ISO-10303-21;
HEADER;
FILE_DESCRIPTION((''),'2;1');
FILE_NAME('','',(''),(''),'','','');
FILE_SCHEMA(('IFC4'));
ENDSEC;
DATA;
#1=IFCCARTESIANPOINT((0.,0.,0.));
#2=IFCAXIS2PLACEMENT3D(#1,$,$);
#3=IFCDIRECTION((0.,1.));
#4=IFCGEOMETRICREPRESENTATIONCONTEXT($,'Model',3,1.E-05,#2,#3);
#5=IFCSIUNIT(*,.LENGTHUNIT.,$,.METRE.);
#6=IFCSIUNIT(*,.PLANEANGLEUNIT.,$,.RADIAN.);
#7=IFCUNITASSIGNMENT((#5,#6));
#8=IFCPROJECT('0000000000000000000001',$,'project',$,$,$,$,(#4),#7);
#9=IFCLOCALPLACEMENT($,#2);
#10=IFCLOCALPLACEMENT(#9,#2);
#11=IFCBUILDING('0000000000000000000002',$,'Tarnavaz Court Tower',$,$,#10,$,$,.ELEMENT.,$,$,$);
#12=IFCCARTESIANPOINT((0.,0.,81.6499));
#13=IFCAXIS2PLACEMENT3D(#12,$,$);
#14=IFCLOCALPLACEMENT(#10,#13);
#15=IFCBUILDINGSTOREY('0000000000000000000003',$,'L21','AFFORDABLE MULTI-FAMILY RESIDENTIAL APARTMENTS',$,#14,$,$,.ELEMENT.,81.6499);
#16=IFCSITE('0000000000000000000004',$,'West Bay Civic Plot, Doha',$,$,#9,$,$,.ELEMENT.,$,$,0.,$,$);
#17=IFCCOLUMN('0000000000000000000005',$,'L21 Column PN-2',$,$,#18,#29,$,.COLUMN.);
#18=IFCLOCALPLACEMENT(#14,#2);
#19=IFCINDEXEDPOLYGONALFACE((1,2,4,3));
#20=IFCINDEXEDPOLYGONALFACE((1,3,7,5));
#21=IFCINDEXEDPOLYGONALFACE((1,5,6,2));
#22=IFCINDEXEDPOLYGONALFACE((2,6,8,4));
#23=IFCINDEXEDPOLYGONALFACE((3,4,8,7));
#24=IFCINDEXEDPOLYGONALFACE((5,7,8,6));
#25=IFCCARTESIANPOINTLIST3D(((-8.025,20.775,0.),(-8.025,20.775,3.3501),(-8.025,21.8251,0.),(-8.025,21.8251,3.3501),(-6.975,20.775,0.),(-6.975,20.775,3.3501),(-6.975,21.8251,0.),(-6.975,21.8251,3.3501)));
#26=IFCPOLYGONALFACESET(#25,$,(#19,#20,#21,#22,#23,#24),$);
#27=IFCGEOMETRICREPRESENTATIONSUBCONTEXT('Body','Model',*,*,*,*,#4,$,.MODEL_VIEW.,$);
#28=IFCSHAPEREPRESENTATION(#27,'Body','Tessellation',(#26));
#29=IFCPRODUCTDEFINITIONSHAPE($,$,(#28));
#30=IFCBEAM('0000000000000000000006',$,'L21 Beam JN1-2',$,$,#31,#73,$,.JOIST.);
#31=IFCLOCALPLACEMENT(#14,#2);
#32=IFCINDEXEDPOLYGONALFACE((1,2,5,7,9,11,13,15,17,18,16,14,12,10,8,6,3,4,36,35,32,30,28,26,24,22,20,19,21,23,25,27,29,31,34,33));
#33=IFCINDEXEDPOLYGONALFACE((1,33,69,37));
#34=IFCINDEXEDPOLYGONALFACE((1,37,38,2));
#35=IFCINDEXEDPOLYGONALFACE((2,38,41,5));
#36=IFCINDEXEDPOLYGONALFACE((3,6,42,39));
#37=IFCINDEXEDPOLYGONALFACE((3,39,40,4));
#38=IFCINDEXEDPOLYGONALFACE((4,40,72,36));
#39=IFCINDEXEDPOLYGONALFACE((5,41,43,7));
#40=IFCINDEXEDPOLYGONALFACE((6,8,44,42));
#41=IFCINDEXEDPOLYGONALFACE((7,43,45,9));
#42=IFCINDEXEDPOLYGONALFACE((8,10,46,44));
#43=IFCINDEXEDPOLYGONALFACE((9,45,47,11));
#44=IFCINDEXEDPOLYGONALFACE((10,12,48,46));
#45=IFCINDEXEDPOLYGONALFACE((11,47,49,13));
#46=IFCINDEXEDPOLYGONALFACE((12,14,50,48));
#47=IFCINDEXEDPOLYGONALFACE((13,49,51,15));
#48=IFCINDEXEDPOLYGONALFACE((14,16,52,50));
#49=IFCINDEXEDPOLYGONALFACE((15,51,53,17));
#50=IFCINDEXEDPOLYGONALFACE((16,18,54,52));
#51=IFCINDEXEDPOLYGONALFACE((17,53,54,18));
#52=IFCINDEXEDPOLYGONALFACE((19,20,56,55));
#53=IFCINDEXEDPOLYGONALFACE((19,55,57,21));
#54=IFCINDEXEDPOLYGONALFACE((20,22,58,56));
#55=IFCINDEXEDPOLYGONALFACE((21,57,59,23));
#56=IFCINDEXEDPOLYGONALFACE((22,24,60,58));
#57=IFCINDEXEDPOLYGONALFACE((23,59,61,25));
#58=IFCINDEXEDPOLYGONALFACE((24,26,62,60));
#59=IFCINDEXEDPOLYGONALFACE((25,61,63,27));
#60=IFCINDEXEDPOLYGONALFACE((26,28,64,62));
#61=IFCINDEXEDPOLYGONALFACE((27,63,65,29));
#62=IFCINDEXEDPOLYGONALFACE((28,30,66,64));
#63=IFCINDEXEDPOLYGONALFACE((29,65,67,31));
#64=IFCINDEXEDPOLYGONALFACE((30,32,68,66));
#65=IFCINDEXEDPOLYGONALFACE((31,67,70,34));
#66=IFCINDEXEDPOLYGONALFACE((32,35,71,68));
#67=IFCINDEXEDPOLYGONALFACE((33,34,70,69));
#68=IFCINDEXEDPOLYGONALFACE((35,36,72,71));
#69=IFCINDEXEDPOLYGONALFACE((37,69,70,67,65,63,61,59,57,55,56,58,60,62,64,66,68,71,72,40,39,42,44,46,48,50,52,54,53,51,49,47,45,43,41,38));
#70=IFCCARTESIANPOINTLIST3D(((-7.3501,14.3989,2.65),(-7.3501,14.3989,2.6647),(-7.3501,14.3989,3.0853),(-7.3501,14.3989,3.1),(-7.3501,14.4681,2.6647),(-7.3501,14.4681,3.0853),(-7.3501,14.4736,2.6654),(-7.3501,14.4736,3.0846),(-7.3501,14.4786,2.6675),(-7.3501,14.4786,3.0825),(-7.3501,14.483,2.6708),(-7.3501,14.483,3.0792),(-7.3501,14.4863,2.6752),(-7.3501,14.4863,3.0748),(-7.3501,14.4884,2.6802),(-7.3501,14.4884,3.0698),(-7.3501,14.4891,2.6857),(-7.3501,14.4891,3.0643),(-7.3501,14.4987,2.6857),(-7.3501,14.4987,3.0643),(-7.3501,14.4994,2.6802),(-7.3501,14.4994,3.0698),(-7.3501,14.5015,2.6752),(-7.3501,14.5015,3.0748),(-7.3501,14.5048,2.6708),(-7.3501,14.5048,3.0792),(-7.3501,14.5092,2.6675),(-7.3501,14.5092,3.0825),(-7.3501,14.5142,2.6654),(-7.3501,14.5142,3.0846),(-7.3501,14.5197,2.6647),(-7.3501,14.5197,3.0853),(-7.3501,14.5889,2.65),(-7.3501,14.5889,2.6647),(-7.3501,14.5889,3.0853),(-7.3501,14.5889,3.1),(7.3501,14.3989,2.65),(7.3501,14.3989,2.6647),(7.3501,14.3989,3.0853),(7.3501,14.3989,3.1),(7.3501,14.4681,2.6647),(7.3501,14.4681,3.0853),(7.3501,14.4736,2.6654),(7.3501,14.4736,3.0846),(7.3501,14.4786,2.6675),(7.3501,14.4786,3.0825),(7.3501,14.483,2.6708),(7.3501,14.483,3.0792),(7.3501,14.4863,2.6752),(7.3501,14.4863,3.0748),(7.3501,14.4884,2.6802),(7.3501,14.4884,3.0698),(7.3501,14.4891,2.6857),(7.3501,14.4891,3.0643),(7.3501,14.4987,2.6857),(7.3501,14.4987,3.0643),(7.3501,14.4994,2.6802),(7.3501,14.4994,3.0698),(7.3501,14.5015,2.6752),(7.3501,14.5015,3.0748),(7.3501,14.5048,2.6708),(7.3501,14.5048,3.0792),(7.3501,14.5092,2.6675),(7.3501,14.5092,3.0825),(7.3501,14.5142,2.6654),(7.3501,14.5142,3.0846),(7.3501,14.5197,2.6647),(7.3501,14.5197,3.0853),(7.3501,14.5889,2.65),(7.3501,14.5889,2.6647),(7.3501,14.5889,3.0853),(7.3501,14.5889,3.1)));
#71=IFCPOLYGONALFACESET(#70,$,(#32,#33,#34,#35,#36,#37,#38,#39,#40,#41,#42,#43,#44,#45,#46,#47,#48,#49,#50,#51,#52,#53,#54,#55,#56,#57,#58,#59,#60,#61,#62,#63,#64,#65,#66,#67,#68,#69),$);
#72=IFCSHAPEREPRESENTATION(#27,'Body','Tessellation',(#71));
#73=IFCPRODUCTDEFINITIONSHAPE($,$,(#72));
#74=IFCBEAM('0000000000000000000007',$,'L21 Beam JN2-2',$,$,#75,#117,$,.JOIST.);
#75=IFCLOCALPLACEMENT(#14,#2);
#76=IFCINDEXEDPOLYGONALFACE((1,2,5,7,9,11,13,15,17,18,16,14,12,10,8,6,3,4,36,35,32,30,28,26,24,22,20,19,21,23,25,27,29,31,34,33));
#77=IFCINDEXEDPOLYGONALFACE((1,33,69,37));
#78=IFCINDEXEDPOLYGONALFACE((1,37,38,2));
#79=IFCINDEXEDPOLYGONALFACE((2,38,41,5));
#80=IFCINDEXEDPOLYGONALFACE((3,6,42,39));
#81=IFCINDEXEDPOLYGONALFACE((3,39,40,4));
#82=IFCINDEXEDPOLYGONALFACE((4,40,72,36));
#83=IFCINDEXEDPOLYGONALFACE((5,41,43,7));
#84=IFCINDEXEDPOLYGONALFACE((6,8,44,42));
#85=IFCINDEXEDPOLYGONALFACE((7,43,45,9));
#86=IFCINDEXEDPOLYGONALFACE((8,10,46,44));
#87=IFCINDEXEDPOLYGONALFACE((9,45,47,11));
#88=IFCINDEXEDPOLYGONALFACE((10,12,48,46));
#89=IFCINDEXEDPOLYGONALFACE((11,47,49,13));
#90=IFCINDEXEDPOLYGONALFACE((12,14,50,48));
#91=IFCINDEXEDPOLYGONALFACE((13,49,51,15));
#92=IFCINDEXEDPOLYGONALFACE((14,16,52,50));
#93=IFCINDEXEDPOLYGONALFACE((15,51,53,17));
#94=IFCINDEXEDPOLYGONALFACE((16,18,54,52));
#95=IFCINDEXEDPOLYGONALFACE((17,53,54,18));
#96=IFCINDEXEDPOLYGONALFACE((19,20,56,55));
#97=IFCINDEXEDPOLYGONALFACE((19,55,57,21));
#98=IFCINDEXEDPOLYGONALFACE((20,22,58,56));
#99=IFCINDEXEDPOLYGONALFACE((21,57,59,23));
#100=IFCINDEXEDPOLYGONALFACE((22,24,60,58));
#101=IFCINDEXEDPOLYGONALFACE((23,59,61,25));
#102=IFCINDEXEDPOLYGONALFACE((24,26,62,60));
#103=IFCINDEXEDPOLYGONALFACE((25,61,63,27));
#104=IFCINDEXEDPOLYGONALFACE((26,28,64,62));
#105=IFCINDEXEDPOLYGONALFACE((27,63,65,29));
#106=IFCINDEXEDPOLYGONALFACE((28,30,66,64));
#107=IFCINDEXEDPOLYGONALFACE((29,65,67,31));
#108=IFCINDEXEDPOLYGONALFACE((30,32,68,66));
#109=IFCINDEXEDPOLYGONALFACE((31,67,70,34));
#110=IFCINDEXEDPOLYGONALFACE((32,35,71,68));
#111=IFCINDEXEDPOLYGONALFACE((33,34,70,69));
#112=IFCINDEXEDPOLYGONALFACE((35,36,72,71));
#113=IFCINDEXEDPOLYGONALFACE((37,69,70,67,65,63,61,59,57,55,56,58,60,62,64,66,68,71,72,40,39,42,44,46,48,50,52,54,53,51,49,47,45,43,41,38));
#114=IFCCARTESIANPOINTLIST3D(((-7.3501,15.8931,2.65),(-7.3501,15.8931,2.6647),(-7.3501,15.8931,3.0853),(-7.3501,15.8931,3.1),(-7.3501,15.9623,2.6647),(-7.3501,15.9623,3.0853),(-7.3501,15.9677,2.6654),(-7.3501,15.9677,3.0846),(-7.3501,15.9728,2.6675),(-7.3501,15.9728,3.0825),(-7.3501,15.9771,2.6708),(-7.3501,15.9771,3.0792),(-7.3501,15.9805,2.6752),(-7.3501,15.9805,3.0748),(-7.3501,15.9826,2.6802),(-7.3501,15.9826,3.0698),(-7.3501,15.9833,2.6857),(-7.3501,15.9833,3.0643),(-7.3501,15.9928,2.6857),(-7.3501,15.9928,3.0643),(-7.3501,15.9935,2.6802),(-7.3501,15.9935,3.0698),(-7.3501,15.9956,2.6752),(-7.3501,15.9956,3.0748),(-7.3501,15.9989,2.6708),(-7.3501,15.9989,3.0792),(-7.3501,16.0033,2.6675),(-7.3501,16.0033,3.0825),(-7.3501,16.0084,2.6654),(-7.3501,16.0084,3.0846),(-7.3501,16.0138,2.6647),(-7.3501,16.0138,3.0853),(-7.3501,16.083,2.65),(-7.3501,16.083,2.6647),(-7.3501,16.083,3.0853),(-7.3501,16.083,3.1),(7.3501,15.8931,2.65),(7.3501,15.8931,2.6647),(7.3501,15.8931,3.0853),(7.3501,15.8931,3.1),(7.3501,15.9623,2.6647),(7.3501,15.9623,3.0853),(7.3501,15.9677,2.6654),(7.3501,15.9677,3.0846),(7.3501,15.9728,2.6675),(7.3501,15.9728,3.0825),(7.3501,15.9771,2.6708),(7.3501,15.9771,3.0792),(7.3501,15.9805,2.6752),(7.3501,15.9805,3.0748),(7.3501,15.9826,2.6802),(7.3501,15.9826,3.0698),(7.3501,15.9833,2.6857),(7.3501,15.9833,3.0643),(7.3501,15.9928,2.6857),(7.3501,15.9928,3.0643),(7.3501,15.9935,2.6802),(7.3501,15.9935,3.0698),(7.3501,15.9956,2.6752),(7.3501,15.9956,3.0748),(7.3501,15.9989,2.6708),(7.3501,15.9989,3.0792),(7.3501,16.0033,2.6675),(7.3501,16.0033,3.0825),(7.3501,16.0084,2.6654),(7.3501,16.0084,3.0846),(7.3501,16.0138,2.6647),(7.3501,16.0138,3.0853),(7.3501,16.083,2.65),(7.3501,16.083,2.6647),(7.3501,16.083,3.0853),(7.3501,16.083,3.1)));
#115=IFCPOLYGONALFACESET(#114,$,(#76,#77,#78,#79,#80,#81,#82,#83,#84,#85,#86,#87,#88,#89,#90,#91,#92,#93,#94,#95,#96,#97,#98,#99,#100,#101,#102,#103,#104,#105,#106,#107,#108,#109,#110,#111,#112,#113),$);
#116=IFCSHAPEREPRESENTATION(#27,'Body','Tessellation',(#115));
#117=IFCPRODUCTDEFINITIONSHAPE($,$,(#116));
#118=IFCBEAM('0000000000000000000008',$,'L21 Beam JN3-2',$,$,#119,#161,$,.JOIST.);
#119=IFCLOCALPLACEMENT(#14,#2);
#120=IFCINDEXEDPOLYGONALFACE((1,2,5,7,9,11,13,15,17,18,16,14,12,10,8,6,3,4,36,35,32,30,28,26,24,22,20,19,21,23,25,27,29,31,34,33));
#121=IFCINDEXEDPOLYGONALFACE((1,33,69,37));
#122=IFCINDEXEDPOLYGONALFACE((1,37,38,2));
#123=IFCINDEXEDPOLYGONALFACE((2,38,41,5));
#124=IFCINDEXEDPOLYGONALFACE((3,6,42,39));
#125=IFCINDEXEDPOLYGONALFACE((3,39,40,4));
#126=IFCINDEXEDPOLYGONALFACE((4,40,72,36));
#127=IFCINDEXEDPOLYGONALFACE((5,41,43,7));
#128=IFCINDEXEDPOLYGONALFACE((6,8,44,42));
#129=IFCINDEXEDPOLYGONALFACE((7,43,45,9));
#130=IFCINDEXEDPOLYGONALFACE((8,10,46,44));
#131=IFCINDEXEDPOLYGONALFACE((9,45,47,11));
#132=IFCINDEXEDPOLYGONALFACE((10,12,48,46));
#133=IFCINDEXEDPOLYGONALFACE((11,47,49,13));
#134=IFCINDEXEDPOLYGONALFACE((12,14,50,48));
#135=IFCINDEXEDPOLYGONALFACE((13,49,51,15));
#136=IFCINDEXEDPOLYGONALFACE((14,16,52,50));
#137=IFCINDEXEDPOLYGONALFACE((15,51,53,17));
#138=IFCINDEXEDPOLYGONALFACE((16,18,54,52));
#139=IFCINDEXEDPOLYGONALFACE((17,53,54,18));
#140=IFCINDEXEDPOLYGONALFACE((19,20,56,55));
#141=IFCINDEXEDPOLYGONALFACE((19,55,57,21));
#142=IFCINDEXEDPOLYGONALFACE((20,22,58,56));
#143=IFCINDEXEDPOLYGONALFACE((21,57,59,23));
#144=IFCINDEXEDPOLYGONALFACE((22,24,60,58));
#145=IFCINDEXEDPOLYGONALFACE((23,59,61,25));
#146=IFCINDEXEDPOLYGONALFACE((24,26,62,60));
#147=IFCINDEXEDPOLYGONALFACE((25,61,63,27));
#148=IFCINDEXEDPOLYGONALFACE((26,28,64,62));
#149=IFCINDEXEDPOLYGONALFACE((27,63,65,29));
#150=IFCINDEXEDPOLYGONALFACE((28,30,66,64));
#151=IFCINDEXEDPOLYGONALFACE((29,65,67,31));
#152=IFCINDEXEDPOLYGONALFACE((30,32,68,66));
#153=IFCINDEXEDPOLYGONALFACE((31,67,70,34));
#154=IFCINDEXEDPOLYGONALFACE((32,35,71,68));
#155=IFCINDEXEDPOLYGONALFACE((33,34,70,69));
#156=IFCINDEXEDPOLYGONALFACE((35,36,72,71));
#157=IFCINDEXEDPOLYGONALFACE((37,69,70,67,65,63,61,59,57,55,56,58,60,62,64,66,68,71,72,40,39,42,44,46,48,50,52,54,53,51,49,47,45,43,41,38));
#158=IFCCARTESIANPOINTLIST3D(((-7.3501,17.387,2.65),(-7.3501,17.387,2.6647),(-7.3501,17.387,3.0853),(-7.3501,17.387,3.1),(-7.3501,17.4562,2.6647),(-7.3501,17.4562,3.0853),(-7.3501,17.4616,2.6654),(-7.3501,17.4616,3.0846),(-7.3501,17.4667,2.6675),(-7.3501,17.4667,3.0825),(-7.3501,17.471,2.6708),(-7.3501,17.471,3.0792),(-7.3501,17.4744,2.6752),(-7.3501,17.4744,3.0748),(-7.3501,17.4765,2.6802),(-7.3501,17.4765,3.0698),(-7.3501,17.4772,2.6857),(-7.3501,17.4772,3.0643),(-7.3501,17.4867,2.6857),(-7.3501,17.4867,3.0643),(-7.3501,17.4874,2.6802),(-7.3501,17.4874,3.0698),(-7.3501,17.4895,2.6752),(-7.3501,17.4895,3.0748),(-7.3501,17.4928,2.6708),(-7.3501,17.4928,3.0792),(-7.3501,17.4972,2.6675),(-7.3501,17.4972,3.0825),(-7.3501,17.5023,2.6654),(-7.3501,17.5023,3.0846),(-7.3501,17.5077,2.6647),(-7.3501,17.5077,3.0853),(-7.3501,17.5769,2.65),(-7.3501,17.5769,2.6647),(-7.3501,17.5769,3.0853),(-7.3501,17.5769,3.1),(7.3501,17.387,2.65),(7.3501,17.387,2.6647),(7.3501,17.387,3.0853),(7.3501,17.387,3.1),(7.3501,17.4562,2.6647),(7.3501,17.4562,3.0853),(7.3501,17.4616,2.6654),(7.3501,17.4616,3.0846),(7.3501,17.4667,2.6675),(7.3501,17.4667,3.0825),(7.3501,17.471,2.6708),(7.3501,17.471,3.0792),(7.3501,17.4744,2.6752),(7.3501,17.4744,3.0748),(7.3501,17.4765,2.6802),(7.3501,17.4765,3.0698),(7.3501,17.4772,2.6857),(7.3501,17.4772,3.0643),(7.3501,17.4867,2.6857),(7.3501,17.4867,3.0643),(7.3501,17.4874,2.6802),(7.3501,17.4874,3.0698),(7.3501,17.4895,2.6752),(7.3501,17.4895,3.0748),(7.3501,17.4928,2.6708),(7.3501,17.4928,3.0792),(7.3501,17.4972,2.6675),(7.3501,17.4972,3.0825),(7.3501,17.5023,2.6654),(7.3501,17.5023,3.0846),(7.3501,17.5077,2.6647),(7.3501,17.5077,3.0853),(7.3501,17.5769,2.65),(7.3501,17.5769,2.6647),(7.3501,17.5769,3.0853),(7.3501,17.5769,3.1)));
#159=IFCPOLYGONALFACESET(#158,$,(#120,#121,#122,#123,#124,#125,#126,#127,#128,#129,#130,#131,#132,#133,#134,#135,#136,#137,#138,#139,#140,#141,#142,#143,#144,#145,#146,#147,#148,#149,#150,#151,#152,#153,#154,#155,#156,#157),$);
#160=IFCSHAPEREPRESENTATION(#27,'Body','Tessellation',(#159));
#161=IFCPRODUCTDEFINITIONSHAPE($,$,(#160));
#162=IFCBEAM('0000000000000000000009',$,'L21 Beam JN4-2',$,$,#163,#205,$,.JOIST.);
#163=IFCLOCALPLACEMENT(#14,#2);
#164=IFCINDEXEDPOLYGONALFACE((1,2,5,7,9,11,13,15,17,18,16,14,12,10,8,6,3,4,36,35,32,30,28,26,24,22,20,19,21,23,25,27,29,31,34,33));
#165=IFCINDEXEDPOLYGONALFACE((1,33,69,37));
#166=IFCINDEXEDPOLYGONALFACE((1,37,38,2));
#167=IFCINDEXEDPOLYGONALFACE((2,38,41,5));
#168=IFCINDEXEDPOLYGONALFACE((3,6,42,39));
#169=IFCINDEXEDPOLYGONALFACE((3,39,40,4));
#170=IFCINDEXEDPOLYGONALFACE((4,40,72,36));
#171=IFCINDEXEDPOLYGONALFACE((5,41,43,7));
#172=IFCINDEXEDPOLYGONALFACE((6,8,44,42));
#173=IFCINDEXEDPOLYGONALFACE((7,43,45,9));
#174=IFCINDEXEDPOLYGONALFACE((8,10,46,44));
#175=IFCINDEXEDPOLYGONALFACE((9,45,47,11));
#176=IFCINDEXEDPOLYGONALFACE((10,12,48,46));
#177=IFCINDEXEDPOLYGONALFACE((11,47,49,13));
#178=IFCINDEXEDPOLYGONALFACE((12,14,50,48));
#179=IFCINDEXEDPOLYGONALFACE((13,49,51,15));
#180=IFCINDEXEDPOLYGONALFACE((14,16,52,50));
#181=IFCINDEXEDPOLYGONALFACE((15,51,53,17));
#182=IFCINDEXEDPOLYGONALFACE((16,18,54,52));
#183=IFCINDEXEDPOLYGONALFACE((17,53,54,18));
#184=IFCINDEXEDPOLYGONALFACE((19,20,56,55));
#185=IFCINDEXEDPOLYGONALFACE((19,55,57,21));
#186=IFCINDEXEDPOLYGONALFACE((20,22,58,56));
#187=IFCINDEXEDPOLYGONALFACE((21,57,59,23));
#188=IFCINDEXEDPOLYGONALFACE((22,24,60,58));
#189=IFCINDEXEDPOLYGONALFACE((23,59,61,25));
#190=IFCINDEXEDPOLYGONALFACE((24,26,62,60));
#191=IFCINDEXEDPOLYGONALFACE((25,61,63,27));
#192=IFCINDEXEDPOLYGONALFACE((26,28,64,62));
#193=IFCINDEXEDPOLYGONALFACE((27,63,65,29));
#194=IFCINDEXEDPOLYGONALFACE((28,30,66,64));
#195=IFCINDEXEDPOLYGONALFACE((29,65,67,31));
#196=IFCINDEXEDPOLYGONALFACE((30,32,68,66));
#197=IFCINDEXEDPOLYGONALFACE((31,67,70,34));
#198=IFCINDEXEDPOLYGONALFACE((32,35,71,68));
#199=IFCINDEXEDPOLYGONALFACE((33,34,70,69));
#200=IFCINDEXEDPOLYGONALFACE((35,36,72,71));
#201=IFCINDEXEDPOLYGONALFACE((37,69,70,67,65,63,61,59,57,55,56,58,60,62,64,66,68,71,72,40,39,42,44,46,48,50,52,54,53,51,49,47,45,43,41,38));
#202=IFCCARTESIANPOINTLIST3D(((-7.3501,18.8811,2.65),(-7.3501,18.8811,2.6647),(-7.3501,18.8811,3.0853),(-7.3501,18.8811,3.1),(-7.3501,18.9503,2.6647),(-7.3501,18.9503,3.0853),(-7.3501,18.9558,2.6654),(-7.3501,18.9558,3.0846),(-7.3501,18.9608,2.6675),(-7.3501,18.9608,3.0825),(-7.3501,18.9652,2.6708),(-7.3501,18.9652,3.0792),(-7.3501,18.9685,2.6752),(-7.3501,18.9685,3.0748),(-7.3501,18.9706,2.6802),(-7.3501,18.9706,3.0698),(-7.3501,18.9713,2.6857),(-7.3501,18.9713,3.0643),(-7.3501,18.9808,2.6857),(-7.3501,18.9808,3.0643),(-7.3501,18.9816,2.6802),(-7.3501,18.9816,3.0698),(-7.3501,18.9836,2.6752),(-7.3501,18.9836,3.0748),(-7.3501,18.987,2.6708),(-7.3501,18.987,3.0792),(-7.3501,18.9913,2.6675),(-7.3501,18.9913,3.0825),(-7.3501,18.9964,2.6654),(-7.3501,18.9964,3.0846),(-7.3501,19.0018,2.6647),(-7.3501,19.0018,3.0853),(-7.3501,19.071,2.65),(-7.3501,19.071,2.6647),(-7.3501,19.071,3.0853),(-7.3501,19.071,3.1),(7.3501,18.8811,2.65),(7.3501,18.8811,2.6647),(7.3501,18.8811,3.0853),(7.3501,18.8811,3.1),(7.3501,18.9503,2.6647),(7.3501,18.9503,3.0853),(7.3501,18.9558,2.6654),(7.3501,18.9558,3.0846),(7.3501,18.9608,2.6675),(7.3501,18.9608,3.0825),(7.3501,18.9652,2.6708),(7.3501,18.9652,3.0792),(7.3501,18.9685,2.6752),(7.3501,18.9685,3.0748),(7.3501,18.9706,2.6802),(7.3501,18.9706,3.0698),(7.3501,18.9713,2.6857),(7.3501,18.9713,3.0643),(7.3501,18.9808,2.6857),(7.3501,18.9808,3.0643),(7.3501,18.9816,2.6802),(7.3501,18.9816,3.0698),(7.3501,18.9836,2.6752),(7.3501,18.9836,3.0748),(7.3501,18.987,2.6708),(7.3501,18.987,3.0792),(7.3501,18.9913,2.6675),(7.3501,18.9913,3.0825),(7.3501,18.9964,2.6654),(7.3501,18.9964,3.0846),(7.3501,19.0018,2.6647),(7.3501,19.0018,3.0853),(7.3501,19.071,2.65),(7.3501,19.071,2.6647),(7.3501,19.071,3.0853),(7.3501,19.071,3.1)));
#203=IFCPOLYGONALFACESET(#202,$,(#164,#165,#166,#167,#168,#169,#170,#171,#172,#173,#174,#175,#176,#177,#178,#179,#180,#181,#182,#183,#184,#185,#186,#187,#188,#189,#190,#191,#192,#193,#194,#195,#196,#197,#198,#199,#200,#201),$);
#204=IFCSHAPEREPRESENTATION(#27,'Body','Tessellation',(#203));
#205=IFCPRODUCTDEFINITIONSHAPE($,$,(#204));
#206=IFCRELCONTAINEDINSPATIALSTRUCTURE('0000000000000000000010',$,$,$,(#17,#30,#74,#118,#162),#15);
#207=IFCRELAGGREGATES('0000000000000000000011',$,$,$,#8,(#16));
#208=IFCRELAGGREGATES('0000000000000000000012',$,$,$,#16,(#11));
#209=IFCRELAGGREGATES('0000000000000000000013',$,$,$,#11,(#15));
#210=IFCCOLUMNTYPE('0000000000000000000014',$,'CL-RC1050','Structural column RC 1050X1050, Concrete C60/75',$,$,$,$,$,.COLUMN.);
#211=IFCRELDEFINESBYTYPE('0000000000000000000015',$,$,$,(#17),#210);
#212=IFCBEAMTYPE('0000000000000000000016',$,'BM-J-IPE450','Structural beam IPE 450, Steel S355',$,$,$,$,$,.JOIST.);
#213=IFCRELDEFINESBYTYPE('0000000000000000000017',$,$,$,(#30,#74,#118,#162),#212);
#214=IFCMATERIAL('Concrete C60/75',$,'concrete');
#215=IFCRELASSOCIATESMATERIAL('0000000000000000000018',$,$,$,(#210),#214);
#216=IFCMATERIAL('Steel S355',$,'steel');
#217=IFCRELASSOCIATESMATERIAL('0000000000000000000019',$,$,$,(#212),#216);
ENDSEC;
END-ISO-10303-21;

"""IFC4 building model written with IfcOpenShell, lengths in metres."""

from ifc_helpers import new_model, si_unit, direction, frame, origin, origin_2d, place, context, subcontext, project, spatial, rectangle, i_section, extrude, material, material_profile, profile_set, type_object, element, save


model = new_model("IFC4")

# Units and contexts
model_context = context("Model", 3, precision=1e-05, world=origin(), true_north=direction((0.0, 1.0)))
body_context = subcontext(model_context, "Body", "Model", "MODEL_VIEW")
ifc_project = project(units=[si_unit("LENGTHUNIT", "METRE"), si_unit("PLANEANGLEUNIT", "RADIAN")], contexts=[model_context])

# Site, building, storey
site_placement = place(None, origin())
site = spatial("IfcSite", under=ifc_project, at=site_placement, Name="West Bay Civic Plot, Doha", CompositionType="ELEMENT", RefElevation=0.0)
building_placement = place(site_placement, origin())
building = spatial("IfcBuilding", under=site, at=building_placement, Name="Tarnavaz Court Tower", CompositionType="ELEMENT")
storey_placement = place(building_placement, frame((0.0, 0.0, 81.6499)))
storey = spatial("IfcBuildingStorey", under=building, at=storey_placement, Name="L21", Description="AFFORDABLE MULTI-FAMILY RESIDENTIAL APARTMENTS", CompositionType="ELEMENT", Elevation=81.6499)

# Column
ifc_material_1 = material(Name="Concrete C60/75", Category="concrete")
ifc_material_profile_1 = material_profile(ifc_material_1, rectangle(XDim=1.05, YDim=1.05, at=origin_2d()), Name="RC 1050X1050")
ifc_profile_set_1 = profile_set([ifc_material_profile_1], Name="Concrete C60/75")
column_type = type_object("IfcColumnType", Name="CL-RC1050", Description="Structural column RC 1050X1050, Concrete C60/75", PredefinedType="COLUMN", material=ifc_profile_set_1)
column_placement = place(storey_placement, frame((-7.5, 21.3, 0.0), z_axis=(0.0, 0.0, 1.0), x_axis=(1.0, 0.0, 0.0)))
element("IfcColumn", 1, at=column_placement, inside=storey, type_object=column_type, Name="L21 Column PN-2", PredefinedType="COLUMN", context=body_context, shape_type="SweptSolid", body=[
    extrude(rectangle(XDim=1.05, YDim=1.05, at=origin_2d()), origin(), (0.0, 0.0, 1.0), 3.3501),
])

# Beams
ifc_material_2 = material(Name="Steel S355", Category="steel")
ifc_material_profile_2 = material_profile(ifc_material_2, i_section(OverallWidth=0.1899, OverallDepth=0.45, WebThickness=0.0095, FlangeThickness=0.0146, FilletRadius=0.021, at=origin_2d()), Name="IPE 450")
ifc_profile_set_2 = profile_set([ifc_material_profile_2], Name="Steel S355")
beam_type_1 = type_object("IfcBeamType", Name="BM-J-IPE450", Description="Structural beam IPE 450, Steel S355", PredefinedType="JOIST", material=ifc_profile_set_2)
for number, where, z_axis, x_axis, name in (
    (2, (-7.3501, 14.4939, 2.875), (1.0, 0.0, 0.0), (0.0, 1.0, 0.0), "L21 Beam JN1-2"),
    (3, (-7.3501, 15.988, 2.875), (1.0, 0.0, 0.0), (0.0, 1.0, 0.0), "L21 Beam JN2-2"),
    (4, (-7.3501, 17.4819, 2.875), (1.0, 0.0, 0.0), (0.0, 1.0, 0.0), "L21 Beam JN3-2"),
    (5, (-7.3501, 18.9761, 2.875), (1.0, 0.0, 0.0), (0.0, 1.0, 0.0), "L21 Beam JN4-2"),
):
    element("IfcBeam", number, at=place(storey_placement, frame(where, z_axis=z_axis, x_axis=x_axis)), inside=storey, type_object=beam_type_1, Name=name, PredefinedType="JOIST", context=body_context, shape_type="SweptSolid", body=[
        extrude(i_section(OverallWidth=0.1899, OverallDepth=0.45, WebThickness=0.0095, FlangeThickness=0.0146, FilletRadius=0.021, at=origin_2d()), origin(), (0.0, 0.0, 1.0), 14.7002),
    ])

save(model, "model.ifc")
